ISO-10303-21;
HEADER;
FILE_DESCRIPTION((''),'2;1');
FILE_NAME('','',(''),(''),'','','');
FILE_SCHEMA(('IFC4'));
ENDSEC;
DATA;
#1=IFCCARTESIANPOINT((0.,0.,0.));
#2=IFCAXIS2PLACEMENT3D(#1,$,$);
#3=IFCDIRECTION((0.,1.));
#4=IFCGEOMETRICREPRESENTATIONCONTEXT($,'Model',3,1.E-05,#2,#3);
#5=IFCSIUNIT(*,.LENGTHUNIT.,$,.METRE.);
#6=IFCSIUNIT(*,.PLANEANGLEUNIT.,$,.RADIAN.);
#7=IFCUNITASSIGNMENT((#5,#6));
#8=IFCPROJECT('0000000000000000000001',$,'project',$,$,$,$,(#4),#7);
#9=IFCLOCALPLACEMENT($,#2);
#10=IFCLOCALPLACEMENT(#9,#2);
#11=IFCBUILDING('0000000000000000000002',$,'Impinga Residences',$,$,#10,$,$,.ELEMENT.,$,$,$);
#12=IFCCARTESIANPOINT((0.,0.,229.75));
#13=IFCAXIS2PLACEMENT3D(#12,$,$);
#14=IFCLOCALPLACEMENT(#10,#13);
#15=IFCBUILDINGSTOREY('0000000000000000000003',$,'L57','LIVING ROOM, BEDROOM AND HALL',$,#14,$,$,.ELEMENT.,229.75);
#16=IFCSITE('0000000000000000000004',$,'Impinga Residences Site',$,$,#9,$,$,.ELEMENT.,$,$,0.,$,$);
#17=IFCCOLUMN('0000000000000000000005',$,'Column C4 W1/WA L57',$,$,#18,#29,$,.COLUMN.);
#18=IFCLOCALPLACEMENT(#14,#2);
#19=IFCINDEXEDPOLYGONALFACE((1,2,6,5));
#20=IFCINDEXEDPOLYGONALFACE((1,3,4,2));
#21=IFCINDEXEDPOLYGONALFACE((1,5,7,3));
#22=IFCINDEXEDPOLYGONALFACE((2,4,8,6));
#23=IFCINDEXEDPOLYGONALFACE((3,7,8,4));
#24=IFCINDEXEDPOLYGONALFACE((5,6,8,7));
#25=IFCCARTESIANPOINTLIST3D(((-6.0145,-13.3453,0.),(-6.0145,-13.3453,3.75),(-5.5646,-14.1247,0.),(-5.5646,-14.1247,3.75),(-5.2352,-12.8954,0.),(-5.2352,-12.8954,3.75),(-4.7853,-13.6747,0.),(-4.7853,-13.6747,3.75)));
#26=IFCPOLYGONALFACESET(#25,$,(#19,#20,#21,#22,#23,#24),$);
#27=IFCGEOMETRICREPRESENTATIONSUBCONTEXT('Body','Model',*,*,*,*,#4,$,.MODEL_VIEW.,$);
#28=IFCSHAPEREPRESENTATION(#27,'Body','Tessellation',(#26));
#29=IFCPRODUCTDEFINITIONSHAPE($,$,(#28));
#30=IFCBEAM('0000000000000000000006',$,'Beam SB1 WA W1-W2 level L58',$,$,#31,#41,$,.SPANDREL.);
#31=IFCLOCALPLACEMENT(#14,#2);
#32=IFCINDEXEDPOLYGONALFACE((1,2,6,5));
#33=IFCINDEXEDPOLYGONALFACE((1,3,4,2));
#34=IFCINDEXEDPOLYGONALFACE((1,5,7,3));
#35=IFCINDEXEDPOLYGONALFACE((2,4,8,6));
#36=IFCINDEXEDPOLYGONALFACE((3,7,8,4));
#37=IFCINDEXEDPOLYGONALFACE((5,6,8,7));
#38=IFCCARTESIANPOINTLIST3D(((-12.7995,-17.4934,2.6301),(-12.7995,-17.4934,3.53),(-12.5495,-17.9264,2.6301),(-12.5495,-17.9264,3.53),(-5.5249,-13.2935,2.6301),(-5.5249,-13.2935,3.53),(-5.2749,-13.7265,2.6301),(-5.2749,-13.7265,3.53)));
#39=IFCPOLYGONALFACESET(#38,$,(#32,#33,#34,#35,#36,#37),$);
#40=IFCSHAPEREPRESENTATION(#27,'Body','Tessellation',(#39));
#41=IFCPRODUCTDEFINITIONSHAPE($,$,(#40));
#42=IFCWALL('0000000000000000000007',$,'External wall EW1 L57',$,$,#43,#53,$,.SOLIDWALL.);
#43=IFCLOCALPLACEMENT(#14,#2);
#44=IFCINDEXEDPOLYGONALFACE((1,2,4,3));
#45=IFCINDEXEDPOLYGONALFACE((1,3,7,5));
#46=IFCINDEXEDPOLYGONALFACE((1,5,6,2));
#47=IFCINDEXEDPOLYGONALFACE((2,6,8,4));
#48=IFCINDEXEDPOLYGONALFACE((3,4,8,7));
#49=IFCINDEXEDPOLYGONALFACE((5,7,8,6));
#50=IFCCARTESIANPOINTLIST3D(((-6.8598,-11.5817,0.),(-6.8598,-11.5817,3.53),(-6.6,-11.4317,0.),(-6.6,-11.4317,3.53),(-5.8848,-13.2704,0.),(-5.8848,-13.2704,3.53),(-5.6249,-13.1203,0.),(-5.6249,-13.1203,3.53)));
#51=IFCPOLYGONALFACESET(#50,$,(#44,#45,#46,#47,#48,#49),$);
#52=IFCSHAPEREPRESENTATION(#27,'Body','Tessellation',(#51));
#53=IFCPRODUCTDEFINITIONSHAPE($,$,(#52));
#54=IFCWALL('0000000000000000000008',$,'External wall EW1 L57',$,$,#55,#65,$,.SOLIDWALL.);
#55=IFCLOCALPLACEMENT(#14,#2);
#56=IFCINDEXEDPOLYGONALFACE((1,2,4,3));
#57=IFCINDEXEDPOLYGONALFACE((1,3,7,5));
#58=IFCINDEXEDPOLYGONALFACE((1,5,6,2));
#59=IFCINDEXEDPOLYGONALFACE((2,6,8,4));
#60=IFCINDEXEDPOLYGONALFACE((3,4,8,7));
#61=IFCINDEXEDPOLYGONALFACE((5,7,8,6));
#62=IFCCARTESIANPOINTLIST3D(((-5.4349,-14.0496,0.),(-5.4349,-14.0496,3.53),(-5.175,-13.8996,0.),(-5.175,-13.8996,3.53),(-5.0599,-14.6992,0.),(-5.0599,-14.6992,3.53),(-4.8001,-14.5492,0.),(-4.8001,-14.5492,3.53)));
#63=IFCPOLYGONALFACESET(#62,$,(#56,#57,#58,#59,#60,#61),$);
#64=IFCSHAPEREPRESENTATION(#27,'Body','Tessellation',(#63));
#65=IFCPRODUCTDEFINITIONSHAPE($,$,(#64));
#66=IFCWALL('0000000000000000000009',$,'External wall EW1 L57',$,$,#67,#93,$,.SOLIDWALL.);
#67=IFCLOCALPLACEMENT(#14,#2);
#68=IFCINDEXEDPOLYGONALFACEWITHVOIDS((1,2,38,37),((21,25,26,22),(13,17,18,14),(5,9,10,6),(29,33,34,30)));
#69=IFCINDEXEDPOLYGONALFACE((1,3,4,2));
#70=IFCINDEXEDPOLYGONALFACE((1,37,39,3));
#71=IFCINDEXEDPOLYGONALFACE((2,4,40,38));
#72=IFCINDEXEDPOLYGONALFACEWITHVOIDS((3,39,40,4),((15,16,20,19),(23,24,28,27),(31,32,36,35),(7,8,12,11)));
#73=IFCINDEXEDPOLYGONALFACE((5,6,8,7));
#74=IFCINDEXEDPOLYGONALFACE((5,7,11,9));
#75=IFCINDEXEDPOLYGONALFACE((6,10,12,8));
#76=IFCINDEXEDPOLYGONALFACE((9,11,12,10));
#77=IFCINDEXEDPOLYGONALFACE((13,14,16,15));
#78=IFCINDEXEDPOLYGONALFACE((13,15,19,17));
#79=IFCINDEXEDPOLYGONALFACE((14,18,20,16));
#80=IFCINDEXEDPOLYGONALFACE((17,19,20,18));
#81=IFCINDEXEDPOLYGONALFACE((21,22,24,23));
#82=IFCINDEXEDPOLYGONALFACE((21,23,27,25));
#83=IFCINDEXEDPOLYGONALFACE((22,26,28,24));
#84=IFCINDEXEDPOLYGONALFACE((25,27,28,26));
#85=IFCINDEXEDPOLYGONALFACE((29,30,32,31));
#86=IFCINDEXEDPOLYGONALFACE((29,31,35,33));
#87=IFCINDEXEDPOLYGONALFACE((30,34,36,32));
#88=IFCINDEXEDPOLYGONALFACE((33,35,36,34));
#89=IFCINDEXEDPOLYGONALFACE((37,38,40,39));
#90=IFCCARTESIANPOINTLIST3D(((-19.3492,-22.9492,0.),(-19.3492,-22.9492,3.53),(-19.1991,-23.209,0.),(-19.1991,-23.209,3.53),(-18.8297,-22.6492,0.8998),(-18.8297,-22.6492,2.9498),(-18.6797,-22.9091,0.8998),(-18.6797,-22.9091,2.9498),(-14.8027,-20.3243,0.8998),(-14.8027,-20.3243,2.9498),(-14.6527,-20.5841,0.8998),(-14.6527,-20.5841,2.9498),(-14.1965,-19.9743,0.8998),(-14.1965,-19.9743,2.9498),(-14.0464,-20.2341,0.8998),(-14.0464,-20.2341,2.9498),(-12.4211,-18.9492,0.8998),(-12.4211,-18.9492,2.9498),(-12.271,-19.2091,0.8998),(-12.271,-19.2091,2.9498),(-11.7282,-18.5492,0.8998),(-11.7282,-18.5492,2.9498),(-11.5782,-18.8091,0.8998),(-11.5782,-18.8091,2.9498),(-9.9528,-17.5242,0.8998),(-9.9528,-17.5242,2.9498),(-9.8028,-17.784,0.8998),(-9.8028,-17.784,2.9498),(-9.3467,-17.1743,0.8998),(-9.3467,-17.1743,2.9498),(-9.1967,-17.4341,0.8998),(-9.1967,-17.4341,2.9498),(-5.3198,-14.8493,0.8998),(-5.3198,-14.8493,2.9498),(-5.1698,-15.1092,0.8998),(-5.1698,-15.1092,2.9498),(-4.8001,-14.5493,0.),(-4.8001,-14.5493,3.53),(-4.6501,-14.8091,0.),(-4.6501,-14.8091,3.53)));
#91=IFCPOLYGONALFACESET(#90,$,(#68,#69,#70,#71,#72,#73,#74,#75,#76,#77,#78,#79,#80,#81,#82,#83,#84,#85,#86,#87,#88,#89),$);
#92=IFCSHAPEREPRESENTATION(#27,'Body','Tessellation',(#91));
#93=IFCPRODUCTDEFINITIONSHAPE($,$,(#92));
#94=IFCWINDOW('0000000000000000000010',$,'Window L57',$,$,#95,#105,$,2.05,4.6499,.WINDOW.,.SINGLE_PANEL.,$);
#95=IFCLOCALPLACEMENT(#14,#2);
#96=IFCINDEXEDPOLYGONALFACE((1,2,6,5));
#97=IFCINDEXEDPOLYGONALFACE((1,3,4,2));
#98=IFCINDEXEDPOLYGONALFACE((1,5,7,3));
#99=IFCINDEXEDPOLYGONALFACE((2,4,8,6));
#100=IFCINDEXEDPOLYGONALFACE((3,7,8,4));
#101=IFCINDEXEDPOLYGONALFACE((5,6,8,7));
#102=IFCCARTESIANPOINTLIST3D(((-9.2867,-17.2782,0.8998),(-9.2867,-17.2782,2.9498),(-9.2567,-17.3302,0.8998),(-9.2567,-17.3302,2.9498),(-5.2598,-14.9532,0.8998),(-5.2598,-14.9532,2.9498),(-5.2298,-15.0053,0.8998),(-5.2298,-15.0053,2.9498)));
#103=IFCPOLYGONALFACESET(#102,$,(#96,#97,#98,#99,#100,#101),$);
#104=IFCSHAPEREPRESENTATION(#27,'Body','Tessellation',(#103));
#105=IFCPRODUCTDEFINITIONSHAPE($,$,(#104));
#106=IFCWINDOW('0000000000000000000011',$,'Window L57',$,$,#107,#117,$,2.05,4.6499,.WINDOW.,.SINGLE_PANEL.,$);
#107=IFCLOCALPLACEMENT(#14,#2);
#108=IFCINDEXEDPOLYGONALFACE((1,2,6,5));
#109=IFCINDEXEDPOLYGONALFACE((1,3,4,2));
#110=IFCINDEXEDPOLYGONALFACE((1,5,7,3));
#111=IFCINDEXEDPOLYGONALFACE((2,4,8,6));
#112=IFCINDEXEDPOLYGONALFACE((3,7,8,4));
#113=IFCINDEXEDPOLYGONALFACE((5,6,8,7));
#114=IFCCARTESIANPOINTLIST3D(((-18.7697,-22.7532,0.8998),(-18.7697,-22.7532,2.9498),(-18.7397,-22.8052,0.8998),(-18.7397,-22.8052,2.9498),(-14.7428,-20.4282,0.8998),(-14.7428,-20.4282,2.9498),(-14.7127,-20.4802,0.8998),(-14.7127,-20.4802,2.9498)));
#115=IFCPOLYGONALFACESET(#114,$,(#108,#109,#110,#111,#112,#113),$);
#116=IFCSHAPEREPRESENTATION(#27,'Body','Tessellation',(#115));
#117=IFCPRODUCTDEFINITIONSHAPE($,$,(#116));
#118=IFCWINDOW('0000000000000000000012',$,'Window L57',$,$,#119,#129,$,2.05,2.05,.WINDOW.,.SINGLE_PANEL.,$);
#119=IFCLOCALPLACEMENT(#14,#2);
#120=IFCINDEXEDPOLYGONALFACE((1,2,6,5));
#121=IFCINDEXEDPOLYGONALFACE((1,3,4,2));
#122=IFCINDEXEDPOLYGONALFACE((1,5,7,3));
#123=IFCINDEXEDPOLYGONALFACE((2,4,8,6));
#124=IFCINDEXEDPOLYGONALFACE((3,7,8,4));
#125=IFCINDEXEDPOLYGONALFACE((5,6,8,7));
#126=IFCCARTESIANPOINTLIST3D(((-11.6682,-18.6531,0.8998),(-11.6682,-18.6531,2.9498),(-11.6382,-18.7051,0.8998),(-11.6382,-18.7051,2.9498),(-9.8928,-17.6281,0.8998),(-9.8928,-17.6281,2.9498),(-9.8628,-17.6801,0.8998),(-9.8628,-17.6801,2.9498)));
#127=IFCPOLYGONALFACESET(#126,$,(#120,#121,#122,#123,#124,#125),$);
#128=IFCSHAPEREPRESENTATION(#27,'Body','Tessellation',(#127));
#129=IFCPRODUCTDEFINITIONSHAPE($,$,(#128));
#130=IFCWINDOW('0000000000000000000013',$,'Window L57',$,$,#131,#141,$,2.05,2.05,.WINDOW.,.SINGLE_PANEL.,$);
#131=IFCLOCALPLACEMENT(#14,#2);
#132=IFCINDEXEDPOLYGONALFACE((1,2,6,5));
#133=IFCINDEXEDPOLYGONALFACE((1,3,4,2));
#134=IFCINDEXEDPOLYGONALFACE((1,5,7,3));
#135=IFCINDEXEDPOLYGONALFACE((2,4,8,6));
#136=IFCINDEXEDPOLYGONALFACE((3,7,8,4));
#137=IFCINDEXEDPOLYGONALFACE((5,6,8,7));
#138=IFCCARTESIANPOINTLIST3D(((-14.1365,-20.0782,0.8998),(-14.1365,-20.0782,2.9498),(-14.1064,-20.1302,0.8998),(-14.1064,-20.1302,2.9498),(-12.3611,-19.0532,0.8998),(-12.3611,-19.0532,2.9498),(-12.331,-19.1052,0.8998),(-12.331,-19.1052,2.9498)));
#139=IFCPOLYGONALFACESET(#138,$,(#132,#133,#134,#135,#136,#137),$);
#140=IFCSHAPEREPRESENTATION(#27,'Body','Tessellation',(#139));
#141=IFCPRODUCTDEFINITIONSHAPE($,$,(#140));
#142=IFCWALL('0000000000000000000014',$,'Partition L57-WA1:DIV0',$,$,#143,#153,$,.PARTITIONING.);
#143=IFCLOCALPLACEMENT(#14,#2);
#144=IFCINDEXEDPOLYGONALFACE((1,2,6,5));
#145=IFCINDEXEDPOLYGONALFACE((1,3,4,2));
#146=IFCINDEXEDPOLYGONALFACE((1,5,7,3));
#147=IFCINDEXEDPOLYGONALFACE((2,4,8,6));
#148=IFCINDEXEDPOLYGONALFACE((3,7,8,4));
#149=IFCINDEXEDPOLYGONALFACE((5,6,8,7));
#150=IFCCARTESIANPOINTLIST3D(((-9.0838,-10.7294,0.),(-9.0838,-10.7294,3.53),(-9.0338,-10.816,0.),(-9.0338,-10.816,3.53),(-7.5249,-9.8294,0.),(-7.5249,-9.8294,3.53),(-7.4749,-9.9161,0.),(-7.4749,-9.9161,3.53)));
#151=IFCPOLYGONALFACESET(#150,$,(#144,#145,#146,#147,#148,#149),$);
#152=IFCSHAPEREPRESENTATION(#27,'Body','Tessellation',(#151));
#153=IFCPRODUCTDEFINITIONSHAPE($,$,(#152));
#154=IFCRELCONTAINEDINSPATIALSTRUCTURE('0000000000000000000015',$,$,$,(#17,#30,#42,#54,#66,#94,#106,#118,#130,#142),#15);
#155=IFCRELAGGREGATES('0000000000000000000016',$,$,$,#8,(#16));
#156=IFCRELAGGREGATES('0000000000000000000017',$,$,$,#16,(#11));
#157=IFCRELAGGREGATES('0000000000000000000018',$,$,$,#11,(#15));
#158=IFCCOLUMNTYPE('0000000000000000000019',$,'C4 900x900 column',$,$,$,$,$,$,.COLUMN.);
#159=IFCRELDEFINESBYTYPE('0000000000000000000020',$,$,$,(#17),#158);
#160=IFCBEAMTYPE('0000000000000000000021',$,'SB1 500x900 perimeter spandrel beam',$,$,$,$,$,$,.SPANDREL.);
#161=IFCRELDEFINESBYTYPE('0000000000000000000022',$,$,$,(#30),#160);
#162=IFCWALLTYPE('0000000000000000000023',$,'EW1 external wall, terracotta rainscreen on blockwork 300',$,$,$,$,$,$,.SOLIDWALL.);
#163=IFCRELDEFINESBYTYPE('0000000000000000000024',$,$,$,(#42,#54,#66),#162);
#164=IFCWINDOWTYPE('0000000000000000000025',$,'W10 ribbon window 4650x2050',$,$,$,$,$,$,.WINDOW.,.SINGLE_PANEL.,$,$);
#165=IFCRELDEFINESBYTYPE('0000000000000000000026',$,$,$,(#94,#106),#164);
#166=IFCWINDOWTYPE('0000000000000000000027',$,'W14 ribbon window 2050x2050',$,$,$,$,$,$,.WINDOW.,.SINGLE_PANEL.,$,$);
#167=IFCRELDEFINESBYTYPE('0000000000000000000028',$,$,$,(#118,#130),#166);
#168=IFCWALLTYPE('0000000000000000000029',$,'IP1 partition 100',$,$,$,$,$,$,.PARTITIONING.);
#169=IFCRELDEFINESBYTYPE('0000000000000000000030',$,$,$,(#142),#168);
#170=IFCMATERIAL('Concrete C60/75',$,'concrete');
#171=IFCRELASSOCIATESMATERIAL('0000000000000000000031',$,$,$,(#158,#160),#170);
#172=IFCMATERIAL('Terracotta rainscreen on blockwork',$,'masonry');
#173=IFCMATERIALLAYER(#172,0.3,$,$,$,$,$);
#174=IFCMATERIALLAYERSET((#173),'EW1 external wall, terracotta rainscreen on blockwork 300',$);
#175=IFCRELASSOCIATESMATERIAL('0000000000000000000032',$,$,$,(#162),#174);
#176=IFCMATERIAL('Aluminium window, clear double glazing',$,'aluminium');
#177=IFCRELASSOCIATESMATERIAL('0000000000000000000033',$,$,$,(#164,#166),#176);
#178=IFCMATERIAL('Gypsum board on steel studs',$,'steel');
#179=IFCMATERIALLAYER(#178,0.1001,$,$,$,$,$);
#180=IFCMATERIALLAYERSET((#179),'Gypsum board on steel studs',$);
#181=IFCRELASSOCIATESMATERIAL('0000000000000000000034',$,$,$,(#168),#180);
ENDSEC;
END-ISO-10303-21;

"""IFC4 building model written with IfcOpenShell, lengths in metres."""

from ifc_helpers import new_model, si_unit, direction, frame, frame_2d, origin, origin_2d, place, context, subcontext, project, spatial, rectangle, extrude, material, layer, layer_set, material_profile, profile_set, type_object, element, fill, save


model = new_model("IFC4")

# Units and contexts
model_context = context("Model", 3, precision=1e-05, world=origin(), true_north=direction((0.0, 1.0)))
body_context = subcontext(model_context, "Body", "Model", "MODEL_VIEW")
ifc_project = project(units=[si_unit("LENGTHUNIT", "METRE"), si_unit("PLANEANGLEUNIT", "RADIAN")], contexts=[model_context])

# Site, building, storey
site_placement = place(None, origin())
site = spatial("IfcSite", under=ifc_project, at=site_placement, Name="Impinga Residences Site", CompositionType="ELEMENT", RefElevation=0.0)
building_placement = place(site_placement, origin())
building = spatial("IfcBuilding", under=site, at=building_placement, Name="Impinga Residences", CompositionType="ELEMENT")
storey_placement = place(building_placement, frame((0.0, 0.0, 229.75)))
storey = spatial("IfcBuildingStorey", under=building, at=storey_placement, Name="L57", Description="LIVING ROOM, BEDROOM AND HALL", CompositionType="ELEMENT", Elevation=229.75)

# Column
ifc_material_1 = material(Name="Concrete C60/75", Category="concrete")
ifc_material_profile_1 = material_profile(ifc_material_1, rectangle(XDim=0.8999, YDim=0.8999, at=origin_2d()), Name="RC 900x900")
ifc_profile_set_1 = profile_set([ifc_material_profile_1], Name="Concrete C60/75")
column_type = type_object("IfcColumnType", Name="C4 900x900 column", PredefinedType="COLUMN", material=ifc_profile_set_1)
column_placement = place(storey_placement, frame((-5.3999, -13.51, 0.0), z_axis=(0.0, 0.0, 1.0), x_axis=(-0.5, 0.866025, 0.0)))
element("IfcColumn", 1, at=column_placement, inside=storey, type_object=column_type, Name="Column C4 W1/WA L57", PredefinedType="COLUMN", context=body_context, shape_type="SweptSolid", body=[
    extrude(rectangle(XDim=0.8999, YDim=0.8999, at=origin_2d()), origin(), (0.0, 0.0, 1.0), 3.75),
])

# Beam
ifc_material_profile_2 = material_profile(ifc_material_1, rectangle(XDim=0.5, YDim=0.8999, at=origin_2d()), Name="RC 500x900")
ifc_profile_set_2 = profile_set([ifc_material_profile_2], Name="Concrete C60/75")
beam_type = type_object("IfcBeamType", Name="SB1 500x900 perimeter spandrel beam", PredefinedType="SPANDREL", material=ifc_profile_set_2)
beam_placement = place(storey_placement, frame((-5.3999, -13.51, 3.0801), z_axis=(-0.866029, -0.499993, 0.0), x_axis=(0.499993, -0.866029, 0.0)))
element("IfcBeam", 2, at=beam_placement, inside=storey, type_object=beam_type, Name="Beam SB1 WA W1-W2 level L58", PredefinedType="SPANDREL", context=body_context, shape_type="SweptSolid", body=[
    extrude(rectangle(XDim=0.5, YDim=0.8999, at=origin_2d()), origin(), (0.0, 0.0, 1.0), 8.3999),
])

# Walls
ifc_material_2 = material(Name="Terracotta rainscreen on blockwork", Category="masonry")
ifc_layer_1 = layer(ifc_material_2, 0.3)
ifc_layer_set_1 = layer_set([ifc_layer_1], Name="EW1 external wall, terracotta rainscreen on blockwork 300")
wall_type_1 = type_object("IfcWallType", Name="EW1 external wall, terracotta rainscreen on blockwork 300", PredefinedType="SOLIDWALL", material=ifc_layer_set_1)
wall_1_placement = place(storey_placement, frame((-6.73, -11.5066, 0.0), z_axis=(0.0, 0.0, 1.0), x_axis=(0.500044, -0.866, 0.0)))
element("IfcWall", 3, at=wall_1_placement, inside=storey, type_object=wall_type_1, Name="External wall EW1 L57", PredefinedType="SOLIDWALL", context=body_context, shape_type="SweptSolid", body=[
    extrude(rectangle(XDim=1.95, YDim=0.3, at=frame_2d((0.9751, 0.0))), origin(), (0.0, 0.0, 1.0), 3.53),
])
wall_2_placement = place(storey_placement, frame((-5.3049, -13.9746, 0.0), z_axis=(0.0, 0.0, 1.0), x_axis=(0.49992, -0.866072, 0.0)))
element("IfcWall", 4, at=wall_2_placement, inside=storey, type_object=wall_type_1, Name="External wall EW1 L57", PredefinedType="SOLIDWALL", context=body_context, shape_type="SweptSolid", body=[
    extrude(rectangle(XDim=0.75, YDim=0.3, at=frame_2d((0.375, 0.0))), origin(), (0.0, 0.0, 1.0), 3.53),
])

# Wall, openings, windows
wall_3_placement = place(storey_placement, frame((-4.7251, -14.6792, 0.0), z_axis=(0.0, 0.0, 1.0), x_axis=(-0.866026, -0.5, 0.0)))
wall_3 = element("IfcWall", 5, at=wall_3_placement, inside=storey, type_object=wall_type_1, Name="External wall EW1 L57", PredefinedType="SOLIDWALL", context=body_context, shape_type="SweptSolid", body=[
    extrude(rectangle(XDim=16.7998, YDim=0.3, at=frame_2d((8.3999, 0.0))), origin(), (0.0, 0.0, 1.0), 3.53),
])
opening_1_placement = place(wall_3_placement, frame((0.6001, 0.0, 0.8999)))
opening_1 = element("IfcOpeningElement", 6, at=opening_1_placement, cuts=wall_3, PredefinedType="OPENING", context=body_context, shape_type="SweptSolid", body=[
    extrude(rectangle(XDim=4.6499, YDim=2.05, at=frame_2d((2.325, 1.0249))), frame((0.0, 0.1599, 0.0), z_axis=(0.0, -1.0, 0.0), x_axis=(1.0, 0.0, 0.0)), (0.0, 0.0, 1.0), 0.3201),
])
opening_2_placement = place(wall_3_placement, frame((5.95, 0.0, 0.8999)))
opening_2 = element("IfcOpeningElement", 7, at=opening_2_placement, cuts=wall_3, PredefinedType="OPENING", context=body_context, shape_type="SweptSolid", body=[
    extrude(rectangle(XDim=2.05, YDim=2.05, at=frame_2d((1.0249, 1.0249))), frame((0.0, 0.1599, 0.0), z_axis=(0.0, -1.0, 0.0), x_axis=(1.0, 0.0, 0.0)), (0.0, 0.0, 1.0), 0.3201),
])
opening_3_placement = place(wall_3_placement, frame((8.8, 0.0, 0.8999)))
opening_3 = element("IfcOpeningElement", 8, at=opening_3_placement, cuts=wall_3, PredefinedType="OPENING", context=body_context, shape_type="SweptSolid", body=[
    extrude(rectangle(XDim=2.05, YDim=2.05, at=frame_2d((1.0249, 1.0249))), frame((0.0, 0.1599, 0.0), z_axis=(0.0, -1.0, 0.0), x_axis=(1.0, 0.0, 0.0)), (0.0, 0.0, 1.0), 0.3201),
])
opening_4_placement = place(wall_3_placement, frame((11.55, 0.0, 0.8999)))
opening_4 = element("IfcOpeningElement", 9, at=opening_4_placement, cuts=wall_3, PredefinedType="OPENING", context=body_context, shape_type="SweptSolid", body=[
    extrude(rectangle(XDim=4.6499, YDim=2.05, at=frame_2d((2.325, 1.0249))), frame((0.0, 0.1599, 0.0), z_axis=(0.0, -1.0, 0.0), x_axis=(1.0, 0.0, 0.0)), (0.0, 0.0, 1.0), 0.3201),
])
ifc_material_3 = material(Name="Aluminium window, clear double glazing", Category="aluminium")
window_type_1 = type_object("IfcWindowType", Name="W10 ribbon window 4650x2050", PartitioningType="SINGLE_PANEL", PredefinedType="WINDOW", material=ifc_material_3)
window_1_placement = place(opening_1_placement, origin())
window_1 = element("IfcWindow", 10, at=window_1_placement, inside=storey, type_object=window_type_1, Name="Window L57", OverallHeight=2.05, OverallWidth=4.6499, PartitioningType="SINGLE_PANEL", PredefinedType="WINDOW", context=body_context, shape_type="SweptSolid", body=[
    extrude(rectangle(XDim=4.6499, YDim=2.05, at=frame_2d((2.325, 1.0249))), frame((0.0, 0.03, 0.0), z_axis=(0.0, -1.0, 0.0), x_axis=(1.0, 0.0, 0.0)), (0.0, 0.0, 1.0), 0.0601),
])
fill(opening_1, window_1)
window_2_placement = place(opening_4_placement, origin())
window_2 = element("IfcWindow", 11, at=window_2_placement, inside=storey, type_object=window_type_1, Name="Window L57", OverallHeight=2.05, OverallWidth=4.6499, PartitioningType="SINGLE_PANEL", PredefinedType="WINDOW", context=body_context, shape_type="SweptSolid", body=[
    extrude(rectangle(XDim=4.6499, YDim=2.05, at=frame_2d((2.325, 1.0249))), frame((0.0, 0.03, 0.0), z_axis=(0.0, -1.0, 0.0), x_axis=(1.0, 0.0, 0.0)), (0.0, 0.0, 1.0), 0.0601),
])
fill(opening_4, window_2)
window_type_2 = type_object("IfcWindowType", Name="W14 ribbon window 2050x2050", PartitioningType="SINGLE_PANEL", PredefinedType="WINDOW", material=ifc_material_3)
window_3_placement = place(opening_2_placement, origin())
window_3 = element("IfcWindow", 12, at=window_3_placement, inside=storey, type_object=window_type_2, Name="Window L57", OverallHeight=2.05, OverallWidth=2.05, PartitioningType="SINGLE_PANEL", PredefinedType="WINDOW", context=body_context, shape_type="SweptSolid", body=[
    extrude(rectangle(XDim=2.05, YDim=2.05, at=frame_2d((1.0249, 1.0249))), frame((0.0, 0.03, 0.0), z_axis=(0.0, -1.0, 0.0), x_axis=(1.0, 0.0, 0.0)), (0.0, 0.0, 1.0), 0.0601),
])
fill(opening_2, window_3)
window_4_placement = place(opening_3_placement, origin())
window_4 = element("IfcWindow", 13, at=window_4_placement, inside=storey, type_object=window_type_2, Name="Window L57", OverallHeight=2.05, OverallWidth=2.05, PartitioningType="SINGLE_PANEL", PredefinedType="WINDOW", context=body_context, shape_type="SweptSolid", body=[
    extrude(rectangle(XDim=2.05, YDim=2.05, at=frame_2d((1.0249, 1.0249))), frame((0.0, 0.03, 0.0), z_axis=(0.0, -1.0, 0.0), x_axis=(1.0, 0.0, 0.0)), (0.0, 0.0, 1.0), 0.0601),
])
fill(opening_3, window_4)

# Wall
ifc_material_4 = material(Name="Gypsum board on steel studs", Category="steel")
ifc_layer_2 = layer(ifc_material_4, 0.1001)
ifc_layer_set_2 = layer_set([ifc_layer_2], Name="Gypsum board on steel studs")
wall_type_2 = type_object("IfcWallType", Name="IP1 partition 100", PredefinedType="PARTITIONING", material=ifc_layer_set_2)
wall_4_placement = place(storey_placement, frame((-7.5, -9.8728, 0.0), z_axis=(0.0, 0.0, 1.0), x_axis=(-0.866048, -0.499961, 0.0)))
element("IfcWall", 14, at=wall_4_placement, inside=storey, type_object=wall_type_2, Name="Partition L57-WA1:DIV0", PredefinedType="PARTITIONING", context=body_context, shape_type="SweptSolid", body=[
    extrude(rectangle(XDim=1.8, YDim=0.1001, at=frame_2d((0.8999, 0.0))), origin(), (0.0, 0.0, 1.0), 3.53),
])

save(model, "model.ifc")
